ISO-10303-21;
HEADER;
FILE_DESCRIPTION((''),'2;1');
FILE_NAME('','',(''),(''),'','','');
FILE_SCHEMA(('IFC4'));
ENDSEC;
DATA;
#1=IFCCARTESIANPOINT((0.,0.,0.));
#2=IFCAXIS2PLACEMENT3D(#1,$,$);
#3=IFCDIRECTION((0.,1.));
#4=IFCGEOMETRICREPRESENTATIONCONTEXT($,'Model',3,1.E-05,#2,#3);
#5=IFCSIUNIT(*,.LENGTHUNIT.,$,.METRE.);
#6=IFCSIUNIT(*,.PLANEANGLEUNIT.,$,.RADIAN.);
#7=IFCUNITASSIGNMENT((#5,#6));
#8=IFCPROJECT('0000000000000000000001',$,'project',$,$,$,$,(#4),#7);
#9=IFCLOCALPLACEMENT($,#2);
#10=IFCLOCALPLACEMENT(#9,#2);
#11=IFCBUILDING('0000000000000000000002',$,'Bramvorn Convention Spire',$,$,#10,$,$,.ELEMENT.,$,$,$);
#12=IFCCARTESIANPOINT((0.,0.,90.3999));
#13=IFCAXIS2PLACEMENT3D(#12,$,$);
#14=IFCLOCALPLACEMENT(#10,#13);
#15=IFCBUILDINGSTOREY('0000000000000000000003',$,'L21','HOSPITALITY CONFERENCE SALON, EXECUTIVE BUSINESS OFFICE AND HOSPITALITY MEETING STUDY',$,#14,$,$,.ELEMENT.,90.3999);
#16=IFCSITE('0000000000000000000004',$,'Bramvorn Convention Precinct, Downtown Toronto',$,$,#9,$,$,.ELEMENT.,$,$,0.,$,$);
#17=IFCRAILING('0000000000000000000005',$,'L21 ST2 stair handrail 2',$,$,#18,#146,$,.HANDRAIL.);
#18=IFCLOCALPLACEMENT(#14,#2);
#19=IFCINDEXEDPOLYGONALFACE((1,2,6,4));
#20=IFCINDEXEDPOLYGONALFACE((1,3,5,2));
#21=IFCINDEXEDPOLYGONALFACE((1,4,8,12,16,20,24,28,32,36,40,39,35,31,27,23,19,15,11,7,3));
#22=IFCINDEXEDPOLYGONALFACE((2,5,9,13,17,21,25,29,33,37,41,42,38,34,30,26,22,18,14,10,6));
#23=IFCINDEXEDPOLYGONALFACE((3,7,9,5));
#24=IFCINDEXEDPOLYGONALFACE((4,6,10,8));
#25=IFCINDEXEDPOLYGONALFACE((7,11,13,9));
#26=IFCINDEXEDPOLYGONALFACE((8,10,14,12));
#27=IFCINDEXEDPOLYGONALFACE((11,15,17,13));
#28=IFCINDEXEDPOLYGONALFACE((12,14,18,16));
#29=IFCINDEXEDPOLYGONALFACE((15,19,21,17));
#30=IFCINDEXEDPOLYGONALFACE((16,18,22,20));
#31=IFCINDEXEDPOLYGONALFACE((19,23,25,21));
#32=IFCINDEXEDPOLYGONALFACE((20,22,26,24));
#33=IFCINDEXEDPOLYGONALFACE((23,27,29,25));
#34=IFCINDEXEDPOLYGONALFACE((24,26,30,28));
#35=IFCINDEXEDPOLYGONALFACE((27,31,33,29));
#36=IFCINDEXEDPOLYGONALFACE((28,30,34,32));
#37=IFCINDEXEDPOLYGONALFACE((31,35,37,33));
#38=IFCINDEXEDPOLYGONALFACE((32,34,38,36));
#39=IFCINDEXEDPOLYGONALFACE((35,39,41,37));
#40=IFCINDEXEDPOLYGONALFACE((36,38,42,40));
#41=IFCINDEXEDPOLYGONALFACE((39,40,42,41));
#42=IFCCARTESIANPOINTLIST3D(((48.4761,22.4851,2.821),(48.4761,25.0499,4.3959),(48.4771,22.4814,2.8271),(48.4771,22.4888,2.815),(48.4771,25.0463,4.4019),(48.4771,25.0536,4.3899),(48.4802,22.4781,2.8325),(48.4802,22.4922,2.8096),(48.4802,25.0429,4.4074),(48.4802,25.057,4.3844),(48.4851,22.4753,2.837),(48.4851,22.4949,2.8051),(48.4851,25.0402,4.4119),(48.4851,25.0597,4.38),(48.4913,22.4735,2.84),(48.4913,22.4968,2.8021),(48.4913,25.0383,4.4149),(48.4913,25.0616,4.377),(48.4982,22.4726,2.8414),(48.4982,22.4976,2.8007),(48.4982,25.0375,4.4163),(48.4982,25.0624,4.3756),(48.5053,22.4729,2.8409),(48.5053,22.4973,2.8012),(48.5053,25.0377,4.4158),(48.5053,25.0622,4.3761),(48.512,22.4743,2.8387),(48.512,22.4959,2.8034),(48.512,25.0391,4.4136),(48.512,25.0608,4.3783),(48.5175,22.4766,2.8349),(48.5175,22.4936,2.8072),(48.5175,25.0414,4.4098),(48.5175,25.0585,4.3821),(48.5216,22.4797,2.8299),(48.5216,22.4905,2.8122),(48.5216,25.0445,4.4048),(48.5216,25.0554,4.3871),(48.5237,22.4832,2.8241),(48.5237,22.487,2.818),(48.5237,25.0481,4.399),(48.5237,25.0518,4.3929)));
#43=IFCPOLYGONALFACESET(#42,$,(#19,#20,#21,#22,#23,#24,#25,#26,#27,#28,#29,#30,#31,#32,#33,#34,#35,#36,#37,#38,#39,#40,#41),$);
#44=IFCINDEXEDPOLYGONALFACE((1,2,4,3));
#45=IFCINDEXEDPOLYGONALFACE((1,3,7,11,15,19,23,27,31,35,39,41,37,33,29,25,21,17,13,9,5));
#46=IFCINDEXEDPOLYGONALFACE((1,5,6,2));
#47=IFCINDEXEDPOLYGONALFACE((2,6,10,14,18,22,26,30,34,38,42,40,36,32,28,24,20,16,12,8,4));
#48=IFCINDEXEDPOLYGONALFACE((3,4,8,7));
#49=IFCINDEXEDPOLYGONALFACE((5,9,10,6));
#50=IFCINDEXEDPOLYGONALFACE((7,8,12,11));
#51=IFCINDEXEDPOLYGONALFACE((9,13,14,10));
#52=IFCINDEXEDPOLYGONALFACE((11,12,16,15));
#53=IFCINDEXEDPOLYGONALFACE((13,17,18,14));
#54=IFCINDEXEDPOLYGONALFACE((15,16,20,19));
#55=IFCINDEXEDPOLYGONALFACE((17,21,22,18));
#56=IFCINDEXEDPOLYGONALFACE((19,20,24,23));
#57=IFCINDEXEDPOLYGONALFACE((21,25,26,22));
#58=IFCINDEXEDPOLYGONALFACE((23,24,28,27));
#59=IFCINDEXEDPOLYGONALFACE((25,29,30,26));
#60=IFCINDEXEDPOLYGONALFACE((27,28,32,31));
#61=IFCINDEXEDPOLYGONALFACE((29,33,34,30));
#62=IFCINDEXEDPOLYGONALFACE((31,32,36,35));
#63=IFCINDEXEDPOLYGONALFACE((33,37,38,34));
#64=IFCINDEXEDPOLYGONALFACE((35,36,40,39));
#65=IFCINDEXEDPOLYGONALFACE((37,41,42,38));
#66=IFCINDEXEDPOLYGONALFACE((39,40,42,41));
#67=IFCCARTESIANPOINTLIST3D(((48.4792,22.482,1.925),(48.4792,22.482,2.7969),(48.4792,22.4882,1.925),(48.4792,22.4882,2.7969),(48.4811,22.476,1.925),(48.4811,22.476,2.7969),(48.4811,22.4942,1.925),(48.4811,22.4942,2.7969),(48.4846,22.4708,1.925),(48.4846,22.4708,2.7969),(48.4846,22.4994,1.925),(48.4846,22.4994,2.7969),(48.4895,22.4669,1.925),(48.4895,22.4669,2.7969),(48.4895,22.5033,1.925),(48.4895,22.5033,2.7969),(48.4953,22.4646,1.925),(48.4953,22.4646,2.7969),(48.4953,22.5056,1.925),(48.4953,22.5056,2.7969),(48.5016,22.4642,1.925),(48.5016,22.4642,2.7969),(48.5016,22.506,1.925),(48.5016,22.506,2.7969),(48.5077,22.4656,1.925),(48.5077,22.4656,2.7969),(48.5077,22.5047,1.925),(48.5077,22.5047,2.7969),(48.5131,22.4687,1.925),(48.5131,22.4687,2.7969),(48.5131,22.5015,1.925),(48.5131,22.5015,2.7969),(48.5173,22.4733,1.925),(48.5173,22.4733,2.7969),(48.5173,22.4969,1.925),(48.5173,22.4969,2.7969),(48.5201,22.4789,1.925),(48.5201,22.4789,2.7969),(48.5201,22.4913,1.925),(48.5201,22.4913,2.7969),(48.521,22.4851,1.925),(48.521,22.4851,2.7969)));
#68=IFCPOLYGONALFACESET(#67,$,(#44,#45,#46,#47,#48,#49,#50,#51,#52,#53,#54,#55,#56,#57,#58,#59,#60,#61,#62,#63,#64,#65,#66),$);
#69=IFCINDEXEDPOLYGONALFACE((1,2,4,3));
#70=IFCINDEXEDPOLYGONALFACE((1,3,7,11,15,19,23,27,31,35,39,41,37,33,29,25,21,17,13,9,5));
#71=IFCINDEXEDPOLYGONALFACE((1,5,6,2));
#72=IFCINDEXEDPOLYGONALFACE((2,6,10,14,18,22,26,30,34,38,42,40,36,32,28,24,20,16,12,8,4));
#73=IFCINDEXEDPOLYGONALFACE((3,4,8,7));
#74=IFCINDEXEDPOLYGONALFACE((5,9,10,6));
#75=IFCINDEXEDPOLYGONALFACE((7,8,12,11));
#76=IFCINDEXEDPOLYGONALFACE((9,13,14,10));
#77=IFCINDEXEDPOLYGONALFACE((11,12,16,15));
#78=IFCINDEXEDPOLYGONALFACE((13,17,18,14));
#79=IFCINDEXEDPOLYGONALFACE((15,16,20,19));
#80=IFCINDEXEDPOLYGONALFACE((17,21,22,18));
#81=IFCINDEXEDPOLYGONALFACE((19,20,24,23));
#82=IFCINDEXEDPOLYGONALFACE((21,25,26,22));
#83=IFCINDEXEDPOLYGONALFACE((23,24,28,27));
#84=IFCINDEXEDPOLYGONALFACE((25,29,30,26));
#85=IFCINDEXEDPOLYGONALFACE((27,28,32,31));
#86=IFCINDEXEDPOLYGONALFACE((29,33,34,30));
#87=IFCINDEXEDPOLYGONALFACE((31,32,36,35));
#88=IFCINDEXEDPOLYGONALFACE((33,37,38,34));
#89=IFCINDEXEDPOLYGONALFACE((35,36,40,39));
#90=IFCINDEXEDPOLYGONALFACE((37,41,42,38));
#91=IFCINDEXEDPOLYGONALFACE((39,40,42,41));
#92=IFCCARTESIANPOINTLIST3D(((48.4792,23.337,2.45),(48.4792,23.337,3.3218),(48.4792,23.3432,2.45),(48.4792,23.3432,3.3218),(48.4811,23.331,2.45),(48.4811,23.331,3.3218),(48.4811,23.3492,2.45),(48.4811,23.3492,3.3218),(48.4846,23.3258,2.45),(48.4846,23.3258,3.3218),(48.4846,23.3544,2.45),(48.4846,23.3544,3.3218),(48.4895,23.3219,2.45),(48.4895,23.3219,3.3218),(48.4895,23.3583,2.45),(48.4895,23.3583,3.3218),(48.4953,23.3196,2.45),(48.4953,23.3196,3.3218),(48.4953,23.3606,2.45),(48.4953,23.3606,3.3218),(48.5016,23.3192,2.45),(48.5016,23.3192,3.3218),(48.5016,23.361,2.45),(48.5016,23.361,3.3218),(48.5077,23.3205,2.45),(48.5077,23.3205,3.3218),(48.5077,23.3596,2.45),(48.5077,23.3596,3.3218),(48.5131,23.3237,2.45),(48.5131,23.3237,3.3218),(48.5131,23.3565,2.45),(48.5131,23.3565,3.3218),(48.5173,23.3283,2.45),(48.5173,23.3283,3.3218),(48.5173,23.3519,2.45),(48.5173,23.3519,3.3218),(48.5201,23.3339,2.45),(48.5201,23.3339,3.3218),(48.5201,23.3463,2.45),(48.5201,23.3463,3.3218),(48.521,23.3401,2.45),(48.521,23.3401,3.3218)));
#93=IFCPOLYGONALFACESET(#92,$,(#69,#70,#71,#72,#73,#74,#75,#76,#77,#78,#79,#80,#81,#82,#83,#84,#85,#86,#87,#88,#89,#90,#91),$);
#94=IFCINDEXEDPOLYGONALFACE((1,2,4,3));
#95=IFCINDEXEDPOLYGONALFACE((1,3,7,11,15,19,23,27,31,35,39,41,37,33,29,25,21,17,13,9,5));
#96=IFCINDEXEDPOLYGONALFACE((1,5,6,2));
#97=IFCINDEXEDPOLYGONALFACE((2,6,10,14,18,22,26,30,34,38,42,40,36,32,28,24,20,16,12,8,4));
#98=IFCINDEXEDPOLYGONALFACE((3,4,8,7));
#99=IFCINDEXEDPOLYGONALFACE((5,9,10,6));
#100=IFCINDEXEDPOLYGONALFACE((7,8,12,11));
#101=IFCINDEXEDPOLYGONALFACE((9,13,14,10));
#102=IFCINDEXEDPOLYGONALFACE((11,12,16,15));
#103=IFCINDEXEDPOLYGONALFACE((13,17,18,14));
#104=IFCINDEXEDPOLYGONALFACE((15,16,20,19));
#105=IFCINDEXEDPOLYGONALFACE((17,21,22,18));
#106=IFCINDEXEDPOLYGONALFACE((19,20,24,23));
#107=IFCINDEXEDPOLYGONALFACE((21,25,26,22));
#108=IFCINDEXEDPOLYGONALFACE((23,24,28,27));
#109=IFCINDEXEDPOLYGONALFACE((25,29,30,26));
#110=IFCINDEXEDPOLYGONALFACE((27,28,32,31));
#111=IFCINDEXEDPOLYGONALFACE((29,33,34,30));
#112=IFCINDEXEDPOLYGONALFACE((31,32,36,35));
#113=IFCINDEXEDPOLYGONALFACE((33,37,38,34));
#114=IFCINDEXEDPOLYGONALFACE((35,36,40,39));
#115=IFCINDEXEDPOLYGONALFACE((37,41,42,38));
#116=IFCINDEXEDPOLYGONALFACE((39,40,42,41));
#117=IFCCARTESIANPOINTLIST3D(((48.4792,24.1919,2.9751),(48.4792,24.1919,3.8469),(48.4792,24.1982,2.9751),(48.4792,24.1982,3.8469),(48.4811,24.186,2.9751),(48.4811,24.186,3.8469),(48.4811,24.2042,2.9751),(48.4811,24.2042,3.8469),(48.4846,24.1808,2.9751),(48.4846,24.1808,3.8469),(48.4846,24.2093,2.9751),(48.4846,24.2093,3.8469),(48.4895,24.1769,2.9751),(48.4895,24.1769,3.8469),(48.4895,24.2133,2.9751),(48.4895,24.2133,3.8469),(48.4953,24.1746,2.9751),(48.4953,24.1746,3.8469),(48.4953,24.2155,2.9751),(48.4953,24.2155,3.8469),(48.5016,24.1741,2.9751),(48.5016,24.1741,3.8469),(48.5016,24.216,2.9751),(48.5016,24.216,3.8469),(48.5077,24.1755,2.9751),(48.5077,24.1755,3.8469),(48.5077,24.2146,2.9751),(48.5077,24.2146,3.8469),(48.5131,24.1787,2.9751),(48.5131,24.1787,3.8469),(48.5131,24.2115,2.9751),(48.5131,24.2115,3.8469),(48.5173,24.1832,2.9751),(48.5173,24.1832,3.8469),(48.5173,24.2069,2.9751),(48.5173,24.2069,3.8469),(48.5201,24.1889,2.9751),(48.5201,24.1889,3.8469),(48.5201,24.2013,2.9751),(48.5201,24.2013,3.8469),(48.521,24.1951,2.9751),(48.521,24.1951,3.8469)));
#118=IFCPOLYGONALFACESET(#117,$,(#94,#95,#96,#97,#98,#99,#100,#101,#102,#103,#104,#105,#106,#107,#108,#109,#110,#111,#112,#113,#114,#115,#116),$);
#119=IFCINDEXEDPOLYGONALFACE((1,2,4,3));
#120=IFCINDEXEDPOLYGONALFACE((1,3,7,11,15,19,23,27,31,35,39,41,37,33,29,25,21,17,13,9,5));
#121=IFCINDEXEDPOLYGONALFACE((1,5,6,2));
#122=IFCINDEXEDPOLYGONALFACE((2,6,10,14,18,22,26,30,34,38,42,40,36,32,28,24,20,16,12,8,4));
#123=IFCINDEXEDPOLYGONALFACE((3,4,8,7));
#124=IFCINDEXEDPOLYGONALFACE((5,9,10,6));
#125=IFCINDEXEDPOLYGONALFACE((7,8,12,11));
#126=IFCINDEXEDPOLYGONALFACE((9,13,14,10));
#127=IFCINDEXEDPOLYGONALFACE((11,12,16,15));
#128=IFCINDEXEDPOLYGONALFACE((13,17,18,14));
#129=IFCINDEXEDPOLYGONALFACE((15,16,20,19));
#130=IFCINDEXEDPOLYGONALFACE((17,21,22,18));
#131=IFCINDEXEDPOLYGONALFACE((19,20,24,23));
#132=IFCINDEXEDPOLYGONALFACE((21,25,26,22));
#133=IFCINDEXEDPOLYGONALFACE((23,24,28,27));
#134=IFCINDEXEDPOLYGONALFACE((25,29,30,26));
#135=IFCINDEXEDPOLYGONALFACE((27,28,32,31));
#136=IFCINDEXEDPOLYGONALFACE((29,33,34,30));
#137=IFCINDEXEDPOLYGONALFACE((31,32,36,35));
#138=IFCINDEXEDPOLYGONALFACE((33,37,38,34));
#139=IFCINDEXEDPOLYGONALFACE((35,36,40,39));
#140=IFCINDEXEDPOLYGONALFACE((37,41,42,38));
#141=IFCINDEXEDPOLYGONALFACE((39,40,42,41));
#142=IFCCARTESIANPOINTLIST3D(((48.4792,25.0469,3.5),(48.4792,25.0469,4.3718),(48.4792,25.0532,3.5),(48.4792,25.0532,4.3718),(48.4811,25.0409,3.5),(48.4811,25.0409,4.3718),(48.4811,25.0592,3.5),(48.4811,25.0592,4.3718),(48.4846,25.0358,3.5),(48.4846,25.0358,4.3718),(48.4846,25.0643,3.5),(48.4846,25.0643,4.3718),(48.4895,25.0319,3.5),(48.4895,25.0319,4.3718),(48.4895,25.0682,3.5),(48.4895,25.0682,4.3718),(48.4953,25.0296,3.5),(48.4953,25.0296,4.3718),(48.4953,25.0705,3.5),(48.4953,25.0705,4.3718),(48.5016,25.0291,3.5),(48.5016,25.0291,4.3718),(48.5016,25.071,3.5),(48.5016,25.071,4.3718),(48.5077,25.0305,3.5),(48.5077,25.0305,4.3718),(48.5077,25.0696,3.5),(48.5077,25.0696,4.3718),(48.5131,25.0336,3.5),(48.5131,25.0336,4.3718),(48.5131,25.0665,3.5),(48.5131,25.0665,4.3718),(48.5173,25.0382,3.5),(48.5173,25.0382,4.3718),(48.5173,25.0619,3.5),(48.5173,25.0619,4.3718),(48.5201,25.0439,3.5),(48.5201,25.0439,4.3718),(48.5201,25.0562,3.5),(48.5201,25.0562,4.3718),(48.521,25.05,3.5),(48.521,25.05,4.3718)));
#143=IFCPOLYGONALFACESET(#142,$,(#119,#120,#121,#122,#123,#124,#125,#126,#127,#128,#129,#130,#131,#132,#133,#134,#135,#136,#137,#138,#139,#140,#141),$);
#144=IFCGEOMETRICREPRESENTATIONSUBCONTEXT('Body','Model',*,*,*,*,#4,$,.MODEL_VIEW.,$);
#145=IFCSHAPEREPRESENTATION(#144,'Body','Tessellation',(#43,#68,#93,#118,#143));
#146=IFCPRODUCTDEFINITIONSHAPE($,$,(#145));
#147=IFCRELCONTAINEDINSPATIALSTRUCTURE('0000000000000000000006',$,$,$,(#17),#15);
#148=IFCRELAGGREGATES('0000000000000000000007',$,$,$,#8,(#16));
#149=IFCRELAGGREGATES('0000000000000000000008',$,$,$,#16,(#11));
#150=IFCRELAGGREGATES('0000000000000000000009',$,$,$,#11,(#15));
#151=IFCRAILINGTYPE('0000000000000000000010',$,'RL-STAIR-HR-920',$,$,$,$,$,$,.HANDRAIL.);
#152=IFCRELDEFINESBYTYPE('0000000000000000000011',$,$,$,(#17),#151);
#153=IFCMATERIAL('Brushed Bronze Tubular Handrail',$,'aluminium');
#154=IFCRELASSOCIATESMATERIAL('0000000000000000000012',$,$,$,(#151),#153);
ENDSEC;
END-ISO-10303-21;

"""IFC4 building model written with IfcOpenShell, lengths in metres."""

from ifc_helpers import new_model, si_unit, direction, frame, origin, origin_2d, place, context, subcontext, project, spatial, circle, extrude, material, type_object, element, save


model = new_model("IFC4")

# Units and contexts
model_context = context("Model", 3, precision=1e-05, world=origin(), true_north=direction((0.0, 1.0)))
body_context = subcontext(model_context, "Body", "Model", "MODEL_VIEW")
ifc_project = project(units=[si_unit("LENGTHUNIT", "METRE"), si_unit("PLANEANGLEUNIT", "RADIAN")], contexts=[model_context])

# Site, building, storey
site_placement = place(None, origin())
site = spatial("IfcSite", under=ifc_project, at=site_placement, Name="Bramvorn Convention Precinct, Downtown Toronto", CompositionType="ELEMENT", RefElevation=0.0)
building_placement = place(site_placement, origin())
building = spatial("IfcBuilding", under=site, at=building_placement, Name="Bramvorn Convention Spire", CompositionType="ELEMENT")
storey_placement = place(building_placement, frame((0.0, 0.0, 90.3999)))
storey = spatial("IfcBuildingStorey", under=building, at=storey_placement, Name="L21", Description="HOSPITALITY CONFERENCE SALON, EXECUTIVE BUSINESS OFFICE AND HOSPITALITY MEETING STUDY", CompositionType="ELEMENT", Elevation=90.3999)

# Railing
ifc_material_1 = material(Name="Brushed Bronze Tubular Handrail", Category="aluminium")
railing_type_1 = type_object("IfcRailingType", Name="RL-STAIR-HR-920", PredefinedType="HANDRAIL", material=ifc_material_1)
railing_1_placement = place(storey_placement, frame((48.5, 22.4851, 1.925)))
element("IfcRailing", 1, at=railing_1_placement, inside=storey, type_object=railing_type_1, Name="L21 ST2 stair handrail 2", PredefinedType="HANDRAIL", context=body_context, shape_type="SweptSolid", body=[
    extrude(circle(Radius=0.0239, at=origin_2d()), frame((0.0, 0.0, 0.896), z_axis=(0.0, 0.852173, 0.52326), x_axis=(-1.0, 0.0, 0.0)), (0.0, 0.0, 1.0), 3.0098),
    extrude(circle(Radius=0.021, at=origin_2d()), origin(), (0.0, 0.0, 1.0), 0.8718),
    extrude(circle(Radius=0.021, at=origin_2d()), frame((0.0, 0.855, 0.5249)), (0.0, 0.0, 1.0), 0.8718),
    extrude(circle(Radius=0.021, at=origin_2d()), frame((0.0, 1.71, 1.05)), (0.0, 0.0, 1.0), 0.8718),
    extrude(circle(Radius=0.021, at=origin_2d()), frame((0.0, 2.5649, 1.575)), (0.0, 0.0, 1.0), 0.8718),
])

save(model, "model.ifc")
